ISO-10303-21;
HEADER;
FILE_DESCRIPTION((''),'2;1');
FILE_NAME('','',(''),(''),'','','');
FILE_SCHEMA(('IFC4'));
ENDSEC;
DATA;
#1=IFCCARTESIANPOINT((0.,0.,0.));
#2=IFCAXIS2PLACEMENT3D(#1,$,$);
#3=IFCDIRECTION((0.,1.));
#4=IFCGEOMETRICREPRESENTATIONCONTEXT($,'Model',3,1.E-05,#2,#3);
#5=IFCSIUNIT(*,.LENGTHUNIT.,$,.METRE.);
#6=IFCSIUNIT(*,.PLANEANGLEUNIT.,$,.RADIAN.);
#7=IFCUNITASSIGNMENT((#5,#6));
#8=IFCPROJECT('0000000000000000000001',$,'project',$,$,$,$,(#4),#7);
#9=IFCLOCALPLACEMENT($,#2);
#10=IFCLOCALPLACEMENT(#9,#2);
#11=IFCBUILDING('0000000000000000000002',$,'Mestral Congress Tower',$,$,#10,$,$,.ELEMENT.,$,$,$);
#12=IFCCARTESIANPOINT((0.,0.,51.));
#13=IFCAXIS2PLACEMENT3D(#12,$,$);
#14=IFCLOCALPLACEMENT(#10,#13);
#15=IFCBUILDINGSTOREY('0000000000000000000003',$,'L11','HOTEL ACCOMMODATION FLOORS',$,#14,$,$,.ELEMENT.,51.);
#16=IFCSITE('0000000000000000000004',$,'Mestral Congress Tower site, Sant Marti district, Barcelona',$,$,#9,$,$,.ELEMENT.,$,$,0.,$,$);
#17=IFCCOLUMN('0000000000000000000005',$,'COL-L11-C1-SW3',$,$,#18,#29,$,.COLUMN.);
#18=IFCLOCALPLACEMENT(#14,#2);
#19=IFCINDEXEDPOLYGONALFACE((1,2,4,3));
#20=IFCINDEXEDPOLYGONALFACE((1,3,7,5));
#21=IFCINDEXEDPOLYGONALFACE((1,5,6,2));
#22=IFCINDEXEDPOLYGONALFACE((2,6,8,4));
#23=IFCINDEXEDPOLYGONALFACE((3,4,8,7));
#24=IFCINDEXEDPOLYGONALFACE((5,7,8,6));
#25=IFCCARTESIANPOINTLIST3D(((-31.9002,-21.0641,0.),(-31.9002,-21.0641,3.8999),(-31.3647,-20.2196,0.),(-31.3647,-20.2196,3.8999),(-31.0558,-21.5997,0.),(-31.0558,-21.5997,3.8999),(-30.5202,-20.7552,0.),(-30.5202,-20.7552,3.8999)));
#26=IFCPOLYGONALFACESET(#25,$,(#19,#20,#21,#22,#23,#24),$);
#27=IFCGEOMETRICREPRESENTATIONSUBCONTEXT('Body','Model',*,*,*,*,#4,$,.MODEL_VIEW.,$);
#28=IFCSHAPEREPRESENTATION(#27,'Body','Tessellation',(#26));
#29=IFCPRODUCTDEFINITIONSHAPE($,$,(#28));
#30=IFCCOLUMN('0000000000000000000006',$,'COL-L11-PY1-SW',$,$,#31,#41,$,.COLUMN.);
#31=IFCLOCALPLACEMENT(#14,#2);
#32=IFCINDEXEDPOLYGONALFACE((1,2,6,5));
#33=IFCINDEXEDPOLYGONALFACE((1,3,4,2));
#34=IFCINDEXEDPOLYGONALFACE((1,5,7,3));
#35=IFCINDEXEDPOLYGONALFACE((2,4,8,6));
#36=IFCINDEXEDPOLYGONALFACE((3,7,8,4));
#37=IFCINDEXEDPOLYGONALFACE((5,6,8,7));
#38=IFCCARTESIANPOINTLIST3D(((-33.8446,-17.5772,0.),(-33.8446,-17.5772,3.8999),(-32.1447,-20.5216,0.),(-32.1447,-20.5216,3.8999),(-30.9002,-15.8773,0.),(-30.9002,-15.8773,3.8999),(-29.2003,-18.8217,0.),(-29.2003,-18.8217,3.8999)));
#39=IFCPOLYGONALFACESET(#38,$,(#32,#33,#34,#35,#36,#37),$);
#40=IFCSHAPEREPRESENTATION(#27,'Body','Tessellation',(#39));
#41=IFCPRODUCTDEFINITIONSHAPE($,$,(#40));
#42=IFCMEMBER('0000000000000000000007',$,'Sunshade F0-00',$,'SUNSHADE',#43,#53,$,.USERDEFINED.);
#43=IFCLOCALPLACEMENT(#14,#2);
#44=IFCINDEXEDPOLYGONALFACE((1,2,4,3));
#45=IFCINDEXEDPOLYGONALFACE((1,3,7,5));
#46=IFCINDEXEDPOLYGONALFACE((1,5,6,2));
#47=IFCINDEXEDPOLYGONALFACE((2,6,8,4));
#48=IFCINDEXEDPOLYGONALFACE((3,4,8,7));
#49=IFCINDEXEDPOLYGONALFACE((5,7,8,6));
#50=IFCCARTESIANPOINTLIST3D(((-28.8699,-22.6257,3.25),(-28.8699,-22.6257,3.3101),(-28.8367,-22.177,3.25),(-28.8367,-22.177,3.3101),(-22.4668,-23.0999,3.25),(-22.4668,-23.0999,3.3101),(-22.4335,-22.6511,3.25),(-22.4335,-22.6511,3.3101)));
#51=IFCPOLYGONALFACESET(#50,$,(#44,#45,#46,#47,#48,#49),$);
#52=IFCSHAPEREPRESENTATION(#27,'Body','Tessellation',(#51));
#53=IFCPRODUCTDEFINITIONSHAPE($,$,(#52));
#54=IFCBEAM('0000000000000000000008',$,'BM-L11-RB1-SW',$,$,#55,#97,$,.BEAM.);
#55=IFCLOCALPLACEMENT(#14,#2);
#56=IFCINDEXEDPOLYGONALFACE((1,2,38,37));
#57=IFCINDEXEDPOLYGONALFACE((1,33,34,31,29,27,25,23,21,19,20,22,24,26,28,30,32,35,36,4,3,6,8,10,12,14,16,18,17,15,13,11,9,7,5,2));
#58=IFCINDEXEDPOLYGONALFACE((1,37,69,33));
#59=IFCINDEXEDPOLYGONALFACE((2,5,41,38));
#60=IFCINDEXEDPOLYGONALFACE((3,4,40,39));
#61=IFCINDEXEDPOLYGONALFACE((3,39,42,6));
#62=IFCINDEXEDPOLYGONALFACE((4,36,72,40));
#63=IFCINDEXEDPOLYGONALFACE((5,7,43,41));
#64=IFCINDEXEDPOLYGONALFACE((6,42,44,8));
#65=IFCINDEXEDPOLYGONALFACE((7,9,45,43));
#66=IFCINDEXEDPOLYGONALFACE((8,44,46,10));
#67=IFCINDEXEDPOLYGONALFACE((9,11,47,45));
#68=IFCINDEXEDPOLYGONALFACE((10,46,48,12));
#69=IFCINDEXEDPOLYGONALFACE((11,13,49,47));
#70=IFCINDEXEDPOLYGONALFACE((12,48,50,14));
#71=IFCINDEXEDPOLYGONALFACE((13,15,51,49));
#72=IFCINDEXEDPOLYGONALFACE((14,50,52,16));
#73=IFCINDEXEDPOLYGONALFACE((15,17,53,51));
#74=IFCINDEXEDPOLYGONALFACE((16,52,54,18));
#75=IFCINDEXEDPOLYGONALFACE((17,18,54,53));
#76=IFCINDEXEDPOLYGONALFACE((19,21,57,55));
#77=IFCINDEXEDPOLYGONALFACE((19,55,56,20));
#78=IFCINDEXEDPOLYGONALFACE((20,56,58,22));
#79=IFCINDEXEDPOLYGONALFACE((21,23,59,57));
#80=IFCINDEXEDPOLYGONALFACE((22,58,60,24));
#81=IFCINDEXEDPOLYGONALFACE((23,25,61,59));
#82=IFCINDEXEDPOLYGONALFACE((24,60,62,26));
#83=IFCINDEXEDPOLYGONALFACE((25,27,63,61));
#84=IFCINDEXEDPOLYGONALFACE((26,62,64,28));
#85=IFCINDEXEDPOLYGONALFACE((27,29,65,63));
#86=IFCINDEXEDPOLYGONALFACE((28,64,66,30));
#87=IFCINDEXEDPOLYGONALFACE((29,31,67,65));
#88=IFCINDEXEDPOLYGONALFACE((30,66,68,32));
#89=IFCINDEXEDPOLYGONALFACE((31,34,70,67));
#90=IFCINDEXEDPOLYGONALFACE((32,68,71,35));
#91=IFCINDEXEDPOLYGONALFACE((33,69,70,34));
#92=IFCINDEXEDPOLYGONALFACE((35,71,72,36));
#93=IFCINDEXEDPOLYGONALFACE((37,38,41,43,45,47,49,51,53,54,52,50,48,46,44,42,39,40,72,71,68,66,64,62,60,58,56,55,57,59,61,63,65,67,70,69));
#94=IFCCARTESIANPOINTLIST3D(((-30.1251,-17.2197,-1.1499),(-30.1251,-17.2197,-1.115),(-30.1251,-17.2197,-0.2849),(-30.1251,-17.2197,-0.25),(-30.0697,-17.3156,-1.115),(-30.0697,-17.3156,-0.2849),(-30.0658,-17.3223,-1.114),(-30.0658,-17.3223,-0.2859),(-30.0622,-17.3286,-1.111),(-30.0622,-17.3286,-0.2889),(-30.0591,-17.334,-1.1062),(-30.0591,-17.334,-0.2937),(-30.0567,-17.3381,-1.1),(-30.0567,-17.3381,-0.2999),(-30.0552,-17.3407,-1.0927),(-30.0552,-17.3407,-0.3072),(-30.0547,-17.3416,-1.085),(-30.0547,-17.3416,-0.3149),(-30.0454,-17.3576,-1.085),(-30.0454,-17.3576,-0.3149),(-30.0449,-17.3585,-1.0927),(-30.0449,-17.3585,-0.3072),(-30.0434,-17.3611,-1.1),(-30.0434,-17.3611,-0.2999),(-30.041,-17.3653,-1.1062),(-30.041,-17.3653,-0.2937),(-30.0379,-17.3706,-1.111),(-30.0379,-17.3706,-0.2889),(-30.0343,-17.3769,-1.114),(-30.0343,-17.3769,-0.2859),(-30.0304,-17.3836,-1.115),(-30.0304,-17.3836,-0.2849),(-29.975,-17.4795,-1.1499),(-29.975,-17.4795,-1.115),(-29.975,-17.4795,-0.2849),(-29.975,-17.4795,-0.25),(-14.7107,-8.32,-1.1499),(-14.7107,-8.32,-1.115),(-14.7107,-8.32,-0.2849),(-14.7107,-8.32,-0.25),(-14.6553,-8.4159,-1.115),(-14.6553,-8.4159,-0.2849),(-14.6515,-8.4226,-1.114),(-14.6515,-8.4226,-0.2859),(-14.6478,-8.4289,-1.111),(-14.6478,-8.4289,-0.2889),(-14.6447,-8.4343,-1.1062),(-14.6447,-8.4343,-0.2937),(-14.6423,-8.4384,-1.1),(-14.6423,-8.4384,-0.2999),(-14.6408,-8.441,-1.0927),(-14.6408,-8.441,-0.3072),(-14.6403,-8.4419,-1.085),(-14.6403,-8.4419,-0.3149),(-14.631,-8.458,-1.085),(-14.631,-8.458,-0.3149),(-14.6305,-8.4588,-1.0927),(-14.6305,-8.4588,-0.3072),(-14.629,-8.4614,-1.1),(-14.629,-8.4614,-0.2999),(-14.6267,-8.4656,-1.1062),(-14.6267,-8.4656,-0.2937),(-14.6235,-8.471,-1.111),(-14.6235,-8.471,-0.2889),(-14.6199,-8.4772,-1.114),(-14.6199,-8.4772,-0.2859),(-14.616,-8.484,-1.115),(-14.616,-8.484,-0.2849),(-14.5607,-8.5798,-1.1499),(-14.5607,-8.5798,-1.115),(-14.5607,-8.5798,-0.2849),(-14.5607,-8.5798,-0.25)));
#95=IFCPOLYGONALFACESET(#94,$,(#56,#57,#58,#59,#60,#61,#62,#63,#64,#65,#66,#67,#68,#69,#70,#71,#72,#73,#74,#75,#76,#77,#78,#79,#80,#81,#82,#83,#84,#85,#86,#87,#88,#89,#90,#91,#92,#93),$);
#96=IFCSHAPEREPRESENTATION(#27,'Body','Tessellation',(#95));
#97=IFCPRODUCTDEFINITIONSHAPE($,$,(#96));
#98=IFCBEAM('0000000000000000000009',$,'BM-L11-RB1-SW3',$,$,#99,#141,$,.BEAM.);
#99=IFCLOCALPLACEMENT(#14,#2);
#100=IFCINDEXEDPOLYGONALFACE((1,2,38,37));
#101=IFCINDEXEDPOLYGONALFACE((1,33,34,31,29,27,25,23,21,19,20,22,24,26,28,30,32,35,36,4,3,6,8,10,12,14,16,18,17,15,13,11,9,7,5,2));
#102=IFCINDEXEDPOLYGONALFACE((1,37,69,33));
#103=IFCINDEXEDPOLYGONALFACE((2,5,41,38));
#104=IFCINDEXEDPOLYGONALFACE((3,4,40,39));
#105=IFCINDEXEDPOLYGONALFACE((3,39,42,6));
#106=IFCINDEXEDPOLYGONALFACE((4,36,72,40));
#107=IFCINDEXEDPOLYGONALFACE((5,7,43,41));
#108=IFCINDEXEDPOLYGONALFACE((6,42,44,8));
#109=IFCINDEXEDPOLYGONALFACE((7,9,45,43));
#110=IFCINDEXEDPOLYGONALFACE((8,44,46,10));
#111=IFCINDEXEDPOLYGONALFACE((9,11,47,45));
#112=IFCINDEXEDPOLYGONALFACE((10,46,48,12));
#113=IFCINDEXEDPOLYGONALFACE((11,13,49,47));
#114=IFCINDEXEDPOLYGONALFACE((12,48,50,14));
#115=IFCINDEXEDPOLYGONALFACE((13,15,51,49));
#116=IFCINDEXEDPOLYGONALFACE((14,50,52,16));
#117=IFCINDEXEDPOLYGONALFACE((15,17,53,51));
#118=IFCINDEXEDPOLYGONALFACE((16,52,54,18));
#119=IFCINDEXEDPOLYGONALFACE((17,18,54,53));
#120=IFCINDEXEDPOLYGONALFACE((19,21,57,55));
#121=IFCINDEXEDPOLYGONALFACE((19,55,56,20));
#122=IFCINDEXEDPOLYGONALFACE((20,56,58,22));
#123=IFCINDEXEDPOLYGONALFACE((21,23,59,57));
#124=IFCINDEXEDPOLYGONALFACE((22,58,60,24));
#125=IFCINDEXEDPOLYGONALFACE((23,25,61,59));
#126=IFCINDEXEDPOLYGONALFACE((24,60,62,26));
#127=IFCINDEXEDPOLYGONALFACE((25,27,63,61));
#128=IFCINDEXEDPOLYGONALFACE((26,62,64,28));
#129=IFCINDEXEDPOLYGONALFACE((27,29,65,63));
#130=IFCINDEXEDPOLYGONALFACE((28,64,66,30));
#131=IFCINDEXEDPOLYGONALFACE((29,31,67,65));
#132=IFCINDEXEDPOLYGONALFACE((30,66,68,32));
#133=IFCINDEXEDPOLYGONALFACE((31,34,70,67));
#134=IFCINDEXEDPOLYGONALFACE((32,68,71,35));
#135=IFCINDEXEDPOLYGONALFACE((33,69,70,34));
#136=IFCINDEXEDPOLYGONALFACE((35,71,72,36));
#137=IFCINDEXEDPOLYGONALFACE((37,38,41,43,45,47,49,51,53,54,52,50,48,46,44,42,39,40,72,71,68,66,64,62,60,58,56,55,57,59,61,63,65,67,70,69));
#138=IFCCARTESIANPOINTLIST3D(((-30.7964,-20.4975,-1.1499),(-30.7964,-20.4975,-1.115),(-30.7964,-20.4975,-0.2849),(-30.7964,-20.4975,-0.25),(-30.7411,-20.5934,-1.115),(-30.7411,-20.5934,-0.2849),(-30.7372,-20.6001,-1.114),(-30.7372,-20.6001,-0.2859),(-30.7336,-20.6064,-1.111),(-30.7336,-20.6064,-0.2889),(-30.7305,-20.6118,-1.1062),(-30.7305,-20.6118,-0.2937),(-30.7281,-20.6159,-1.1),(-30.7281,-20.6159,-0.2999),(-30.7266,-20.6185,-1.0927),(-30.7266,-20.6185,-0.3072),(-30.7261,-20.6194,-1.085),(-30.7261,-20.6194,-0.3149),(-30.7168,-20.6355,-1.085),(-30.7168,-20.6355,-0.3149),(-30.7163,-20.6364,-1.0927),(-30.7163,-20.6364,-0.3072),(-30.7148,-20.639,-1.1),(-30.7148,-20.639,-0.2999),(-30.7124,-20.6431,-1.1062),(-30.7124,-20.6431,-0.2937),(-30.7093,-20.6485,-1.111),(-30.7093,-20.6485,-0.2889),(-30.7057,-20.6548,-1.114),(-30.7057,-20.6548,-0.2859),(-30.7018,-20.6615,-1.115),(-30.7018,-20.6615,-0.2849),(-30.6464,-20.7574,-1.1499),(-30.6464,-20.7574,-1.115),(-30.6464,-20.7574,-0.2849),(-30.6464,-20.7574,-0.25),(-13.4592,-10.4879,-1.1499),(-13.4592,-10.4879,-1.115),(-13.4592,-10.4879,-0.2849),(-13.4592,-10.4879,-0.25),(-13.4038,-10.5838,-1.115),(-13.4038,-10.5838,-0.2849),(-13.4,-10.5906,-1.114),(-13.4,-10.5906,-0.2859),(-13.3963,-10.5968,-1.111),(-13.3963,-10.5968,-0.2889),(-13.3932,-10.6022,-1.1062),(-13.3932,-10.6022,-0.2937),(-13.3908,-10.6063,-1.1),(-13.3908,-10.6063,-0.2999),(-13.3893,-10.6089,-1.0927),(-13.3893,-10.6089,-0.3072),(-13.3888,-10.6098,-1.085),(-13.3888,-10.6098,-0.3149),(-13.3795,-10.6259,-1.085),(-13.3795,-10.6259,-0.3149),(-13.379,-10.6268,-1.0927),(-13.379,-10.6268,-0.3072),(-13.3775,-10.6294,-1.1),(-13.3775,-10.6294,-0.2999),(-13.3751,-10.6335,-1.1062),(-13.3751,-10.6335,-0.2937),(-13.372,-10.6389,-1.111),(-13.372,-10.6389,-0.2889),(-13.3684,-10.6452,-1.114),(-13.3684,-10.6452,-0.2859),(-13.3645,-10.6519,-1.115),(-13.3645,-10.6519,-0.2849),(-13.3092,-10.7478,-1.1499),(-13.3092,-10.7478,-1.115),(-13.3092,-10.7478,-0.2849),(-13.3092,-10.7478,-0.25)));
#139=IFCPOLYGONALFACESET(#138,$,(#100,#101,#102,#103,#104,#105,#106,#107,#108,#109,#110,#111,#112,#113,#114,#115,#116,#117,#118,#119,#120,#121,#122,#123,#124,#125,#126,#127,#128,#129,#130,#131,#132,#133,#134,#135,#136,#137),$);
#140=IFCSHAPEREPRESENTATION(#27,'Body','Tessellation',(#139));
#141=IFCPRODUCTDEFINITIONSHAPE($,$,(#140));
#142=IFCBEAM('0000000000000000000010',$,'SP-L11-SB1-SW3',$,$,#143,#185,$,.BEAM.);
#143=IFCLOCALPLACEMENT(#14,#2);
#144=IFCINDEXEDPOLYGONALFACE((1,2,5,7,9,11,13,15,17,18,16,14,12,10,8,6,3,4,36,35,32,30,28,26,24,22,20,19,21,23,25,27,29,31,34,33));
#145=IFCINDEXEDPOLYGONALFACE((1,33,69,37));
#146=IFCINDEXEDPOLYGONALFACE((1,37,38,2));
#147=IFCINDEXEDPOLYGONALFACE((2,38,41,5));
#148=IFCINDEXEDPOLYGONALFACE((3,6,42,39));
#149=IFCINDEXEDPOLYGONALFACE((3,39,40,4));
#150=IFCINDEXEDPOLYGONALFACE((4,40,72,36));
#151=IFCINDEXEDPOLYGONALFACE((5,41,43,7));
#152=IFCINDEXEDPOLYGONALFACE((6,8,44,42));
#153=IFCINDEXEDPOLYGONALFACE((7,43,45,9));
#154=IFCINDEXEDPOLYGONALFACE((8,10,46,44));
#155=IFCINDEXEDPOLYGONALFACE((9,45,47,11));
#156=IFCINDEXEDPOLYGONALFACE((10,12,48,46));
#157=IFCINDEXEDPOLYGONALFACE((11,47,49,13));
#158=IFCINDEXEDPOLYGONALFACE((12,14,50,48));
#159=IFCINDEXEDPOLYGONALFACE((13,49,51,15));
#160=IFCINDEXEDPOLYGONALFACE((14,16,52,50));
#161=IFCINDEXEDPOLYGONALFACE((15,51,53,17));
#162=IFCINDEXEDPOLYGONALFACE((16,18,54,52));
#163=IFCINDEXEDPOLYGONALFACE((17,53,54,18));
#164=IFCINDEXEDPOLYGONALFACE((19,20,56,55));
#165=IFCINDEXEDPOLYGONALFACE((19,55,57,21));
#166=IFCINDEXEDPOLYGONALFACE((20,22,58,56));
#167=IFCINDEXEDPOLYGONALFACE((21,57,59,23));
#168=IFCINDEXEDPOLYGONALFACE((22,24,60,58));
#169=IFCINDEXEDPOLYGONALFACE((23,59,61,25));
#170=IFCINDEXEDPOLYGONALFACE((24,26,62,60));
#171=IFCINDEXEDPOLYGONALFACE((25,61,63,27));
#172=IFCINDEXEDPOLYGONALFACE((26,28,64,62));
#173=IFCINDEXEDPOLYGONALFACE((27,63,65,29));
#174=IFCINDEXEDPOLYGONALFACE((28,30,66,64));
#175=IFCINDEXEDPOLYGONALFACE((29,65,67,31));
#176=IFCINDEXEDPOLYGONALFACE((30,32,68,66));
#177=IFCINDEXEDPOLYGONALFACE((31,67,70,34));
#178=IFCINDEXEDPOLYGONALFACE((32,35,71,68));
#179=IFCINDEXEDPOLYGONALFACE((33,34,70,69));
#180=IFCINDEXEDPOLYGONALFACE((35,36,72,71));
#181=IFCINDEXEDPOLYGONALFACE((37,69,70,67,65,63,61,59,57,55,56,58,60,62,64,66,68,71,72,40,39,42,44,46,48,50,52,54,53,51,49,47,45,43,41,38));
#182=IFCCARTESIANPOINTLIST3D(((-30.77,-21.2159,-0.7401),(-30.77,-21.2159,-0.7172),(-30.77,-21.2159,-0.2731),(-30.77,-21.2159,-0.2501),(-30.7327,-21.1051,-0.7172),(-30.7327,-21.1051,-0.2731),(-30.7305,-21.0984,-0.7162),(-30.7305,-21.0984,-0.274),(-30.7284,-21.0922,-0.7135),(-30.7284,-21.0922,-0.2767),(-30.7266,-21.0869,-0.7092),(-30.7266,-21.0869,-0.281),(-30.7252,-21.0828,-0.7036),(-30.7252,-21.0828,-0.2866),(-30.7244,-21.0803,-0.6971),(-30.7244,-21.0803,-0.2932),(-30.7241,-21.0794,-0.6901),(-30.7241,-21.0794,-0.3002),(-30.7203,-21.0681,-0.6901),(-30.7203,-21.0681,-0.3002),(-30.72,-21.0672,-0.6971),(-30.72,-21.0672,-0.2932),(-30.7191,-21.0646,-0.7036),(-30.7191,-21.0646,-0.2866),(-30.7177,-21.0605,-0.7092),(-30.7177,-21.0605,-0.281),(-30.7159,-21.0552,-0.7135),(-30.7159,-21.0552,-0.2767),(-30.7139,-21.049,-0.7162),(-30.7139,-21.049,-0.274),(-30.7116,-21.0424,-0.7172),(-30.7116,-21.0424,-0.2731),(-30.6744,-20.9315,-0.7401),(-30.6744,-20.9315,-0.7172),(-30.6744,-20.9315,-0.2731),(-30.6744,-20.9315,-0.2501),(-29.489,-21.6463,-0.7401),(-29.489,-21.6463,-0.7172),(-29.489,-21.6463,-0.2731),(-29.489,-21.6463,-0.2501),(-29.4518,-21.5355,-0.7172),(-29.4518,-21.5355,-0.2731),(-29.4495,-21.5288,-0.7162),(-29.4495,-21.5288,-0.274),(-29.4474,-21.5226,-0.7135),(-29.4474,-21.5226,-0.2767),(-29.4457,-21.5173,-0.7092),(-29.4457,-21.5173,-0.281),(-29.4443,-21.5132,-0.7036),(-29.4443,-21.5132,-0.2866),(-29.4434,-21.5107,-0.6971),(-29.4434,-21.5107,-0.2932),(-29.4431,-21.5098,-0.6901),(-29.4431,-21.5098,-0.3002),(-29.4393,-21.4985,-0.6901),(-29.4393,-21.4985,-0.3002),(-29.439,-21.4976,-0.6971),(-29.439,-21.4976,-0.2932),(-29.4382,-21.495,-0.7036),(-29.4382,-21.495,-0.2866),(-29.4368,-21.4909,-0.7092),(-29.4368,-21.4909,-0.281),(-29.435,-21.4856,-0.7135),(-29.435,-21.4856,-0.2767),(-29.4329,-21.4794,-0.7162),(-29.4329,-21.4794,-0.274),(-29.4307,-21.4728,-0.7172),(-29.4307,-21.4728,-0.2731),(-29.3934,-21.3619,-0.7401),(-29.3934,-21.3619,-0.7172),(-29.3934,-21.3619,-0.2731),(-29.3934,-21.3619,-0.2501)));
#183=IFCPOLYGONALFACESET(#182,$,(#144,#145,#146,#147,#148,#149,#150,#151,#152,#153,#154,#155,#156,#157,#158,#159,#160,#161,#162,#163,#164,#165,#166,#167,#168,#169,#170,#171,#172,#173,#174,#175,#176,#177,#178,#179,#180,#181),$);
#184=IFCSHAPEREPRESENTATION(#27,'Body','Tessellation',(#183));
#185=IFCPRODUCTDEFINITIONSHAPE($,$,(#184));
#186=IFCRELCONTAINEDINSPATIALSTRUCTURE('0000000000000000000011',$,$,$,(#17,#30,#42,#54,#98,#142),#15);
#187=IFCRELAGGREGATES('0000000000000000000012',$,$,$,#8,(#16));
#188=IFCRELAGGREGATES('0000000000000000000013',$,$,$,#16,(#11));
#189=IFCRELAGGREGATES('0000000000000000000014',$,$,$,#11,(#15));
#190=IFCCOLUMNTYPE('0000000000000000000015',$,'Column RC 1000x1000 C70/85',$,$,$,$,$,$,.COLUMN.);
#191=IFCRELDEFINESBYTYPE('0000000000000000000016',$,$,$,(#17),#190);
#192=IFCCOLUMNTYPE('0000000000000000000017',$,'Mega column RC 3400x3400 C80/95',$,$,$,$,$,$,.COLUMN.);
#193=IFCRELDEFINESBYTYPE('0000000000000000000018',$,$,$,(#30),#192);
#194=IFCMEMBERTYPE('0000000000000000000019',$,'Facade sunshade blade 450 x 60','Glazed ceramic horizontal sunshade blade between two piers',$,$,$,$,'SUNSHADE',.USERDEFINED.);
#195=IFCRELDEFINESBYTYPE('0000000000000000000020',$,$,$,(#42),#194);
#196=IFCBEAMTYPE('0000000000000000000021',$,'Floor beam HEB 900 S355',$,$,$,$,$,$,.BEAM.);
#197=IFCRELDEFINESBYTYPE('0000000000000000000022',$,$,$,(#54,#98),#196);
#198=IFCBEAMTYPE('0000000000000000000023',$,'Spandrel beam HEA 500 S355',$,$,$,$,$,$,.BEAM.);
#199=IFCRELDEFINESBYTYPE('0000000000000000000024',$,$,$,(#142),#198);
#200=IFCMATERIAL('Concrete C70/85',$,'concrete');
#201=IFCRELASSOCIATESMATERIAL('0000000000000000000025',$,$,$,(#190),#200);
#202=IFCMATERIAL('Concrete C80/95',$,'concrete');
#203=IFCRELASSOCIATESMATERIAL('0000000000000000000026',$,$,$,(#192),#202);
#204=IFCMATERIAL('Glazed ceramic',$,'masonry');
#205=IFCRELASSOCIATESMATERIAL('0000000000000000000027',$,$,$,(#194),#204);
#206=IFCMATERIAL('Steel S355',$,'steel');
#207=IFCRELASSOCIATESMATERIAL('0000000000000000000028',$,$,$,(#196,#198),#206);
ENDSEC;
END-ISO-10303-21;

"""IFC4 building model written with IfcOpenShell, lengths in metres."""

from ifc_helpers import new_model, si_unit, direction, frame, origin, origin_2d, place, context, subcontext, project, spatial, rectangle, i_section, extrude, material, material_profile, profile_set, type_object, element, save


model = new_model("IFC4")

# Units and contexts
model_context = context("Model", 3, precision=1e-05, world=origin(), true_north=direction((0.0, 1.0)))
body_context = subcontext(model_context, "Body", "Model", "MODEL_VIEW")
ifc_project = project(units=[si_unit("LENGTHUNIT", "METRE"), si_unit("PLANEANGLEUNIT", "RADIAN")], contexts=[model_context])

# Site, building, storey
site_placement = place(None, origin())
site = spatial("IfcSite", under=ifc_project, at=site_placement, Name="Mestral Congress Tower site, Sant Marti district, Barcelona", CompositionType="ELEMENT", RefElevation=0.0)
building_placement = place(site_placement, origin())
building = spatial("IfcBuilding", under=site, at=building_placement, Name="Mestral Congress Tower", CompositionType="ELEMENT")
storey_placement = place(building_placement, frame((0.0, 0.0, 51.0)))
storey = spatial("IfcBuildingStorey", under=building, at=storey_placement, Name="L11", Description="HOTEL ACCOMMODATION FLOORS", CompositionType="ELEMENT", Elevation=51.0)

# Columns
ifc_material_1 = material(Name="Concrete C70/85", Category="concrete")
ifc_material_profile_1 = material_profile(ifc_material_1, rectangle(XDim=1.0, YDim=1.0, at=origin_2d()), Name="RC 1000x1000")
ifc_profile_set_1 = profile_set([ifc_material_profile_1], Name="Concrete C70/85")
column_type_1 = type_object("IfcColumnType", Name="Column RC 1000x1000 C70/85", PredefinedType="COLUMN", material=ifc_profile_set_1)
column_1_placement = place(storey_placement, frame((-31.2102, -20.9097, 0.0), z_axis=(0.0, 0.0, 1.0), x_axis=(0.844485, -0.535579, 0.0)))
element("IfcColumn", 1, at=column_1_placement, inside=storey, type_object=column_type_1, Name="COL-L11-C1-SW3", PredefinedType="COLUMN", context=body_context, shape_type="SweptSolid", body=[
    extrude(rectangle(XDim=1.0, YDim=1.0, at=origin_2d()), origin(), (0.0, 0.0, 1.0), 3.8999),
])
ifc_material_2 = material(Name="Concrete C80/95", Category="concrete")
ifc_material_profile_2 = material_profile(ifc_material_2, rectangle(XDim=3.3999, YDim=3.3999, at=origin_2d()), Name="RC 3400x3400")
ifc_profile_set_2 = profile_set([ifc_material_profile_2], Name="Concrete C80/95")
column_type_2 = type_object("IfcColumnType", Name="Mega column RC 3400x3400 C80/95", PredefinedType="COLUMN", material=ifc_profile_set_2)
column_2_placement = place(storey_placement, frame((-31.5225, -18.1995, 0.0), z_axis=(0.0, 0.0, 1.0), x_axis=(-0.866025, -0.5, 0.0)))
element("IfcColumn", 2, at=column_2_placement, inside=storey, type_object=column_type_2, Name="COL-L11-PY1-SW", PredefinedType="COLUMN", context=body_context, shape_type="SweptSolid", body=[
    extrude(rectangle(XDim=3.3999, YDim=3.3999, at=origin_2d()), origin(), (0.0, 0.0, 1.0), 3.8999),
])

# Member
ifc_material_3 = material(Name="Glazed ceramic", Category="masonry")
ifc_material_profile_3 = material_profile(ifc_material_3, rectangle(XDim=0.45, YDim=0.0601, at=origin_2d()), Name="Ceramic blade 450 x 60")
ifc_profile_set_3 = profile_set([ifc_material_profile_3], Name="Glazed ceramic")
member_type = type_object("IfcMemberType", Name="Facade sunshade blade 450 x 60", Description="Glazed ceramic horizontal sunshade blade between two piers", ElementType="SUNSHADE", PredefinedType="USERDEFINED", material=ifc_profile_set_3)
member_placement = place(storey_placement, frame((-28.8533, -22.4014, 3.28), z_axis=(0.99727, -0.073844, 0.0), x_axis=(0.073844, 0.99727, 0.0)))
element("IfcMember", 3, at=member_placement, inside=storey, type_object=member_type, Name="Sunshade F0-00", ObjectType="SUNSHADE", PredefinedType="USERDEFINED", context=body_context, shape_type="SweptSolid", body=[
    extrude(rectangle(XDim=0.45, YDim=0.0601, at=origin_2d()), origin(), (0.0, 0.0, 1.0), 6.4207),
])

# Beams
ifc_material_4 = material(Name="Steel S355", Category="steel")
ifc_material_profile_4 = material_profile(ifc_material_4, i_section(OverallWidth=0.3, OverallDepth=0.8999, WebThickness=0.0186, FlangeThickness=0.0349, FilletRadius=0.03, at=origin_2d()), Name="HEB 900")
ifc_profile_set_4 = profile_set([ifc_material_profile_4], Name="Steel S355")
beam_type_1 = type_object("IfcBeamType", Name="Floor beam HEB 900 S355", PredefinedType="BEAM", material=ifc_profile_set_4)
beam_1_placement = place(storey_placement, frame((-30.05, -17.3496, -0.7), z_axis=(0.86602, 0.500009, 0.0), x_axis=(-0.500009, 0.86602, 0.0)))
element("IfcBeam", 4, at=beam_1_placement, inside=storey, type_object=beam_type_1, Name="BM-L11-RB1-SW", PredefinedType="BEAM", context=body_context, shape_type="SweptSolid", body=[
    extrude(i_section(OverallWidth=0.3, OverallDepth=0.8999, WebThickness=0.0186, FlangeThickness=0.0349, FilletRadius=0.03, at=origin_2d()), origin(), (0.0, 0.0, 1.0), 17.7991),
])
beam_2_placement = place(storey_placement, frame((-30.7214, -20.6274, -0.7), z_axis=(0.866027, 0.499997, 0.0), x_axis=(-0.499997, 0.866027, 0.0)))
element("IfcBeam", 5, at=beam_2_placement, inside=storey, type_object=beam_type_1, Name="BM-L11-RB1-SW3", PredefinedType="BEAM", context=body_context, shape_type="SweptSolid", body=[
    extrude(i_section(OverallWidth=0.3, OverallDepth=0.8999, WebThickness=0.0186, FlangeThickness=0.0349, FilletRadius=0.03, at=origin_2d()), origin(), (0.0, 0.0, 1.0), 20.0193),
])
ifc_material_profile_5 = material_profile(ifc_material_4, i_section(OverallWidth=0.3, OverallDepth=0.49, WebThickness=0.012, FlangeThickness=0.0229, FilletRadius=0.0271, at=origin_2d()), Name="HEA 500")
ifc_profile_set_5 = profile_set([ifc_material_profile_5], Name="Steel S355")
beam_type_2 = type_object("IfcBeamType", Name="Spandrel beam HEA 500 S355", PredefinedType="BEAM", material=ifc_profile_set_5)
beam_3_placement = place(storey_placement, frame((-30.7222, -21.0737, -0.4951), z_axis=(0.947922, -0.318503, 0.0), x_axis=(0.318503, 0.947922, 0.0)))
element("IfcBeam", 6, at=beam_3_placement, inside=storey, type_object=beam_type_2, Name="SP-L11-SB1-SW3", PredefinedType="BEAM", context=body_context, shape_type="SweptSolid", body=[
    extrude(i_section(OverallWidth=0.3, OverallDepth=0.49, WebThickness=0.012, FlangeThickness=0.0229, FilletRadius=0.0271, at=origin_2d()), origin(), (0.0, 0.0, 1.0), 1.3513),
])

save(model, "model.ifc")
